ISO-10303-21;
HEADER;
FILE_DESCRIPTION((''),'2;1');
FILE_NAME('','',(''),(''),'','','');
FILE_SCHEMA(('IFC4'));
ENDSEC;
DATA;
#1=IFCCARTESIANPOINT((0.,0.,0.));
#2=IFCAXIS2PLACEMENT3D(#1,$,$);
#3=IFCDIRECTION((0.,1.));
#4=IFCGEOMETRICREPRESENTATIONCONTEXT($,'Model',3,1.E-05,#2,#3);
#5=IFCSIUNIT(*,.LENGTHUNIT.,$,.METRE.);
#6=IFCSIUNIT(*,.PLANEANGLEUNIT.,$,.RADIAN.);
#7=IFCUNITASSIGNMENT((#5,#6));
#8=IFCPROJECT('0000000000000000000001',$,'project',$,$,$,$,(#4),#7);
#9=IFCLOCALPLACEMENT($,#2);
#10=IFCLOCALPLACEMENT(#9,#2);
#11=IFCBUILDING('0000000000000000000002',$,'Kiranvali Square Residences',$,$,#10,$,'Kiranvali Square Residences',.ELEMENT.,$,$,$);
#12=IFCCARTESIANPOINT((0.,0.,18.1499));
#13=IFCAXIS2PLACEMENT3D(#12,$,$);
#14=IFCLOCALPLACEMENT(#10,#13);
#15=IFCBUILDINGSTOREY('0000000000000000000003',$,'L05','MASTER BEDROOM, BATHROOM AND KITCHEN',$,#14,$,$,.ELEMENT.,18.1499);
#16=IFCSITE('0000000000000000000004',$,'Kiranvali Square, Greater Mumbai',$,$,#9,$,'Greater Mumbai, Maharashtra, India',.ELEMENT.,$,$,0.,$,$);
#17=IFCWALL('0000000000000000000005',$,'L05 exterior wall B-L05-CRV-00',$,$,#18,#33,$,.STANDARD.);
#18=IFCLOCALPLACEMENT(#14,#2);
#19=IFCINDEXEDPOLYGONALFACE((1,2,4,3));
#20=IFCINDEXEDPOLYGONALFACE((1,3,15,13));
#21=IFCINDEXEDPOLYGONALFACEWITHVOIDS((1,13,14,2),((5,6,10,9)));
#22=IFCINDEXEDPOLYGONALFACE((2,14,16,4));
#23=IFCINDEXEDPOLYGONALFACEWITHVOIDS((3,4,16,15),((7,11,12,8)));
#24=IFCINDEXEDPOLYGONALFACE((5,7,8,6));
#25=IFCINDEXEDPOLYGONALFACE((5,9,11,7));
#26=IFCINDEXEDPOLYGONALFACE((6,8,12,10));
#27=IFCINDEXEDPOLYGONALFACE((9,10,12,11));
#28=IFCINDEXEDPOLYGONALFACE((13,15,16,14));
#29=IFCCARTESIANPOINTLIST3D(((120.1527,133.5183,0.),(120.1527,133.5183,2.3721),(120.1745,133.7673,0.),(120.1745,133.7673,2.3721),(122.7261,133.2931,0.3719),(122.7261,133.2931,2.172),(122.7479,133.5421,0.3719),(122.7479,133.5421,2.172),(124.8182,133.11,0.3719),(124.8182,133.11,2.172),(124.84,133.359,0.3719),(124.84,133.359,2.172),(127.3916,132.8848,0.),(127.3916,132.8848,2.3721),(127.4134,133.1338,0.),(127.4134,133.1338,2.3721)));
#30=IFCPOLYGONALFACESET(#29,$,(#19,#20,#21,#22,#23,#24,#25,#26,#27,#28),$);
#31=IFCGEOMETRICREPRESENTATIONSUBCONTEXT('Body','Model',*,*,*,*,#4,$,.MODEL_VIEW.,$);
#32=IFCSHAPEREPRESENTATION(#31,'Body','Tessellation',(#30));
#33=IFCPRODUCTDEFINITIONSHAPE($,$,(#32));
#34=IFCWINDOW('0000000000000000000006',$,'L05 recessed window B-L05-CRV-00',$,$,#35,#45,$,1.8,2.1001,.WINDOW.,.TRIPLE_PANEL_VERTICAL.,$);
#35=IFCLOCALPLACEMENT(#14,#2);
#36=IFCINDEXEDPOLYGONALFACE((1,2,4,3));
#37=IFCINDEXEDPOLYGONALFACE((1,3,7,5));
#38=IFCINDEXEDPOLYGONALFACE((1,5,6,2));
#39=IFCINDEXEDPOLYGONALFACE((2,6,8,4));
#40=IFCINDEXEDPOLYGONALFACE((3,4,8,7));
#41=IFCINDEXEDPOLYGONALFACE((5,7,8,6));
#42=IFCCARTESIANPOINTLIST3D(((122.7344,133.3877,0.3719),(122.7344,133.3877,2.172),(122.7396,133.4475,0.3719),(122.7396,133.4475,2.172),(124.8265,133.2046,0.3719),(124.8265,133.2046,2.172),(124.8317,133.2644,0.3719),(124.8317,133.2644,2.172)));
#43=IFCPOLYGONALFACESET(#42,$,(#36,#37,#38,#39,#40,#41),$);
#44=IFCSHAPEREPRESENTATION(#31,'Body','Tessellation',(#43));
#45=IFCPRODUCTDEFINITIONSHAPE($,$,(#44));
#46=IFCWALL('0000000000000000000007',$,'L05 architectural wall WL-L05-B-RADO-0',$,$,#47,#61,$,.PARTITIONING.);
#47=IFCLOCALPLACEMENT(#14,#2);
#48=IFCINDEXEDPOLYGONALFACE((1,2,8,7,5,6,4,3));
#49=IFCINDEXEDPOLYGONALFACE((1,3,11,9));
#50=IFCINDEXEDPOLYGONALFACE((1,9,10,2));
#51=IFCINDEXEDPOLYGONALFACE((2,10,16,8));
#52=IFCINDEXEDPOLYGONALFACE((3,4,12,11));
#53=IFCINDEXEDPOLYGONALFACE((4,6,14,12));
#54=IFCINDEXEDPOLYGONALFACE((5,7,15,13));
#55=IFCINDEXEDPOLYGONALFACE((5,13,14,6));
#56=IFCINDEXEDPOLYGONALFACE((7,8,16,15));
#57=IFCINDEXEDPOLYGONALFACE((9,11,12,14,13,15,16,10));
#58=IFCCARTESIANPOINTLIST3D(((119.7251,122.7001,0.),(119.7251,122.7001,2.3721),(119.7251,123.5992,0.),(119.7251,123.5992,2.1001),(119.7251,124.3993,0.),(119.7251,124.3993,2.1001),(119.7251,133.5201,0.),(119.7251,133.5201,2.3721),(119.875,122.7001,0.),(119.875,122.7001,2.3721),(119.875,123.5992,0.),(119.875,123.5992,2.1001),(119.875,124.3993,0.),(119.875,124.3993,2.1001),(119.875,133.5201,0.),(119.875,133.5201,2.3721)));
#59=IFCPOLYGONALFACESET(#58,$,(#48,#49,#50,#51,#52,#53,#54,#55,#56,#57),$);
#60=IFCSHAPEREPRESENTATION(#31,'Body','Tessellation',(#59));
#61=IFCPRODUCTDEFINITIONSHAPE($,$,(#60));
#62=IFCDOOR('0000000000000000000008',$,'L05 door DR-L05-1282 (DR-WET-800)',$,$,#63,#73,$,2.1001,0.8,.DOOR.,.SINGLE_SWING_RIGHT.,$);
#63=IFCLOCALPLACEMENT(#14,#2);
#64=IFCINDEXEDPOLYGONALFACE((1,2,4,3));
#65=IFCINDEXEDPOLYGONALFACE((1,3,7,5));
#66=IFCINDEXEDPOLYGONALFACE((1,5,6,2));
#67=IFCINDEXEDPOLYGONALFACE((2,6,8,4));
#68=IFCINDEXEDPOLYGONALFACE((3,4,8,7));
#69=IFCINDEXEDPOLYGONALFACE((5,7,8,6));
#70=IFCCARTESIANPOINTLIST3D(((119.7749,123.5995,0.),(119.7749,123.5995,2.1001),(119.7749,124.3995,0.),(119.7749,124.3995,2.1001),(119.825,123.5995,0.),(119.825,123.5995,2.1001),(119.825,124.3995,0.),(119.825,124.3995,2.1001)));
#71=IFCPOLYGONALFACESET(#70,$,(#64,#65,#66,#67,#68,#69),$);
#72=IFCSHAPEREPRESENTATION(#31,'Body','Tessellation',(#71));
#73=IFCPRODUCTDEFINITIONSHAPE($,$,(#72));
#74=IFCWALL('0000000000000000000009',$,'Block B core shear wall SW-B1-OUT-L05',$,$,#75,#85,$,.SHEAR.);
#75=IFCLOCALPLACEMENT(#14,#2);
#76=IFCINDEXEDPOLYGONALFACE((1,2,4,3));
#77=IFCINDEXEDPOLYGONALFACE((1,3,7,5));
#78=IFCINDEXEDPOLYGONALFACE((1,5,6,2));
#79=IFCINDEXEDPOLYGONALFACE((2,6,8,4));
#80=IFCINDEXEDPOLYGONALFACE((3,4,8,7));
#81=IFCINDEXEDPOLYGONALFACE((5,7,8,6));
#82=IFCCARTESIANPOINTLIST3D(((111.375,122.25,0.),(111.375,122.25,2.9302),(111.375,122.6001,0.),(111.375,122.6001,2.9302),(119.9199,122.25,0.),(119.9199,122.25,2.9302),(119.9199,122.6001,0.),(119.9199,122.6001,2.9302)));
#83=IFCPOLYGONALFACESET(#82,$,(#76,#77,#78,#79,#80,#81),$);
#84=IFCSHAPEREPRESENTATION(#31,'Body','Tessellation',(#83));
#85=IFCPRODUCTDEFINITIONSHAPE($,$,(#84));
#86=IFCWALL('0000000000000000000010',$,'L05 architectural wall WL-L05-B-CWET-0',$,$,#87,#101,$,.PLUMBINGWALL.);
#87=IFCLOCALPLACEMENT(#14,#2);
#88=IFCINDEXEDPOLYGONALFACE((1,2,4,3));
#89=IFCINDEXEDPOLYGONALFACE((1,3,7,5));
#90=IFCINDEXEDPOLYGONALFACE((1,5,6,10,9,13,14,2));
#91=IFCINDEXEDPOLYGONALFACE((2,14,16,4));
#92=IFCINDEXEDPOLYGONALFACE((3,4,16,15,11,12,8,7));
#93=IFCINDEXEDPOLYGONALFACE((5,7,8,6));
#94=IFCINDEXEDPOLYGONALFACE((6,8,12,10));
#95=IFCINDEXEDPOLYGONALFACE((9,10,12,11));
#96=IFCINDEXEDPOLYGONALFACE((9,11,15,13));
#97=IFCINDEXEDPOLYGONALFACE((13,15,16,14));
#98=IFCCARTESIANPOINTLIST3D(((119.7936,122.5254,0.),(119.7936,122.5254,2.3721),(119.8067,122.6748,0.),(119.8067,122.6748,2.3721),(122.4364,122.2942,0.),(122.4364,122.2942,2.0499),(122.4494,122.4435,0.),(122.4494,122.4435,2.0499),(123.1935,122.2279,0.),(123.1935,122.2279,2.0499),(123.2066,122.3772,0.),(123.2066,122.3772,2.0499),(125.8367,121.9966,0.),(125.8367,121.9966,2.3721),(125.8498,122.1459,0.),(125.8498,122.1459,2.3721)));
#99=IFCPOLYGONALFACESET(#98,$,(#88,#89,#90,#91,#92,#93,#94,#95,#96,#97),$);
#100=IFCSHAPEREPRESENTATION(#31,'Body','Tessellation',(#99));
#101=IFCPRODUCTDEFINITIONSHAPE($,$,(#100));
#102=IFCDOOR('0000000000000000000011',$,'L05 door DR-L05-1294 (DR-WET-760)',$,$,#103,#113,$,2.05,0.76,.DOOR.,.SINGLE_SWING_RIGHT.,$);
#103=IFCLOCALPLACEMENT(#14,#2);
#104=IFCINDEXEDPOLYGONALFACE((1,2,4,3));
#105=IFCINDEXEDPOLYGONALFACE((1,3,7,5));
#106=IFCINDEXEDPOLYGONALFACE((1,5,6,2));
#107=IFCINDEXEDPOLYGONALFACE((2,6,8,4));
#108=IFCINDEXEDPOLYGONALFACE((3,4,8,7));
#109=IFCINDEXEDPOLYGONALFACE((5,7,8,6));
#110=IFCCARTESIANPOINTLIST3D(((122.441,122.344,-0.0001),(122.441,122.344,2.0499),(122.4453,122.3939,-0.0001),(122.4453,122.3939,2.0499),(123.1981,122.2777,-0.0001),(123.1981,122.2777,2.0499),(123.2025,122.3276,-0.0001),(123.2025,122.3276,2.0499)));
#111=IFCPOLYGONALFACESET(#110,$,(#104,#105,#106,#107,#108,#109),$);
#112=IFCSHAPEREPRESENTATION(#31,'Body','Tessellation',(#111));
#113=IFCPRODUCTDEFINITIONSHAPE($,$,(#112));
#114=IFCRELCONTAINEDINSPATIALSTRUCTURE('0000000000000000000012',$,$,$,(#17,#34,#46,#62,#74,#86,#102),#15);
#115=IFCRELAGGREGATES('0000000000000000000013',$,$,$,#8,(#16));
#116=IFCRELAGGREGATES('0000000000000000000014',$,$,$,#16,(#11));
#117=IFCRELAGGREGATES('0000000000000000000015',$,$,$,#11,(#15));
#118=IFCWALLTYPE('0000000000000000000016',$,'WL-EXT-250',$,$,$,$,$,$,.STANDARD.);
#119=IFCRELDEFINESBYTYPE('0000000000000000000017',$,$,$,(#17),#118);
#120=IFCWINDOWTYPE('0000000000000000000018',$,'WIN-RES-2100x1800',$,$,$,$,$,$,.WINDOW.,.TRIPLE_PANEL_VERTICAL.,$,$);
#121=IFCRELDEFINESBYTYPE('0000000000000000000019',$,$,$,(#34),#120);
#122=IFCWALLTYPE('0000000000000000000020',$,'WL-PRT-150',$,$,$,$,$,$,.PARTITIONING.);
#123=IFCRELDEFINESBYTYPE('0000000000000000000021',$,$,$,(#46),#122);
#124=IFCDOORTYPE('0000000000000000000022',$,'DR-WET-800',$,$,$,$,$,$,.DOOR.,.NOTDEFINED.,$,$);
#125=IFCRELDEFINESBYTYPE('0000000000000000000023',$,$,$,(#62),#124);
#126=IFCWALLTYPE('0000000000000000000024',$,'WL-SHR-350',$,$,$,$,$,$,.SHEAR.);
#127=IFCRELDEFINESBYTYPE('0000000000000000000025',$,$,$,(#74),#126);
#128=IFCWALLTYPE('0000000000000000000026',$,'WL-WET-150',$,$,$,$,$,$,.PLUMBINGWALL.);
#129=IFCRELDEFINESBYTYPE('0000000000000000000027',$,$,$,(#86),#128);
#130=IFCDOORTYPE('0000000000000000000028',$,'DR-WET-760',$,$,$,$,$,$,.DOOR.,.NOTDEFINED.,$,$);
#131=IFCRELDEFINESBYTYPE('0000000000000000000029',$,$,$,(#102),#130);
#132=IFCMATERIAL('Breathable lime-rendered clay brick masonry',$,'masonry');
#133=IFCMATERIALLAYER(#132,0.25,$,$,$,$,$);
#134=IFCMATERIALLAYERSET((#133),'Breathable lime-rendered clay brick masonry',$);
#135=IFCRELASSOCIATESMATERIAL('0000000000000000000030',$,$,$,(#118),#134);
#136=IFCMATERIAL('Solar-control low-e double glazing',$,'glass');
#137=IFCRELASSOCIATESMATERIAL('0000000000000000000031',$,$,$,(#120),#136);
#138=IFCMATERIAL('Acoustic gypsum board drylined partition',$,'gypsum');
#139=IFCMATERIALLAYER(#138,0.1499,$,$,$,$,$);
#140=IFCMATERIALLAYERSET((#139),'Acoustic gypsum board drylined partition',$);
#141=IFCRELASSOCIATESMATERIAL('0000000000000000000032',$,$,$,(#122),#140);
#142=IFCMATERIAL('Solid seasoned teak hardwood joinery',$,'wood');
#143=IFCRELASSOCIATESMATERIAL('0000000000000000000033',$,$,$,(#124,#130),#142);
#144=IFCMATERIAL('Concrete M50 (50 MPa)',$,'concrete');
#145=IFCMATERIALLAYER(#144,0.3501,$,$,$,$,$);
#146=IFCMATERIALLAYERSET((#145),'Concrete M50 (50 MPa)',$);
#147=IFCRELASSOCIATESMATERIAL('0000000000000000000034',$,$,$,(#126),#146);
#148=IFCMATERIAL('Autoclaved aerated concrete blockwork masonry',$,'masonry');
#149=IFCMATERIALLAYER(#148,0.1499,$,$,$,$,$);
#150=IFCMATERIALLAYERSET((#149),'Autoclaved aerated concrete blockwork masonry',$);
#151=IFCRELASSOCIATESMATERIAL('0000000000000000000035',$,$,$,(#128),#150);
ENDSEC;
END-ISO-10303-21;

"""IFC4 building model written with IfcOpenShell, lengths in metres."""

from ifc_helpers import new_model, si_unit, direction, frame, frame_2d, origin, place, context, subcontext, project, spatial, rectangle, extrude, material, layer, layer_set, type_object, element, fill, save


model = new_model("IFC4")

# Units and contexts
model_context = context("Model", 3, precision=1e-05, world=origin(), true_north=direction((0.0, 1.0)))
body_context = subcontext(model_context, "Body", "Model", "MODEL_VIEW")
ifc_project = project(units=[si_unit("LENGTHUNIT", "METRE"), si_unit("PLANEANGLEUNIT", "RADIAN")], contexts=[model_context])

# Site, building, storey
site_placement = place(None, origin())
site = spatial("IfcSite", under=ifc_project, at=site_placement, Name="Kiranvali Square, Greater Mumbai", LongName="Greater Mumbai, Maharashtra, India", CompositionType="ELEMENT", RefElevation=0.0)
building_placement = place(site_placement, origin())
building = spatial("IfcBuilding", under=site, at=building_placement, Name="Kiranvali Square Residences", LongName="Kiranvali Square Residences", CompositionType="ELEMENT")
storey_placement = place(building_placement, frame((0.0, 0.0, 18.1499)))
storey = spatial("IfcBuildingStorey", under=building, at=storey_placement, Name="L05", Description="MASTER BEDROOM, BATHROOM AND KITCHEN", CompositionType="ELEMENT", Elevation=18.1499)

# Wall, opening, window
ifc_material_1 = material(Name="Breathable lime-rendered clay brick masonry", Category="masonry")
ifc_layer_1 = layer(ifc_material_1, 0.25)
ifc_layer_set_1 = layer_set([ifc_layer_1], Name="Breathable lime-rendered clay brick masonry")
wall_type_1 = type_object("IfcWallType", Name="WL-EXT-250", PredefinedType="STANDARD", material=ifc_layer_set_1)
wall_1_placement = place(storey_placement, frame((120.1636, 133.6428, 0.0), z_axis=(0.0, 0.0, 1.0), x_axis=(0.996192, -0.087185, 0.0)))
wall_1 = element("IfcWall", 1, at=wall_1_placement, inside=storey, type_object=wall_type_1, Name="L05 exterior wall B-L05-CRV-00", PredefinedType="STANDARD", context=body_context, shape_type="SweptSolid", body=[
    extrude(rectangle(XDim=7.2666, YDim=0.25, at=frame_2d((3.6333, 0.0))), origin(), (0.0, 0.0, 1.0), 2.3721),
])
opening_1_placement = place(wall_1_placement, frame((2.5833, 0.0, 0.3721)))
opening_1 = element("IfcOpeningElement", 2, at=opening_1_placement, cuts=wall_1, PredefinedType="OPENING", context=body_context, shape_type="SweptSolid", body=[
    extrude(rectangle(XDim=2.1001, YDim=1.8, at=frame_2d((1.05, 0.8999))), frame((0.0, 0.135, 0.0), z_axis=(0.0, -1.0, 0.0), x_axis=(1.0, 0.0, 0.0)), (0.0, 0.0, 1.0), 0.27),
])
ifc_material_2 = material(Name="Solar-control low-e double glazing", Category="glass")
window_type = type_object("IfcWindowType", Name="WIN-RES-2100x1800", PartitioningType="TRIPLE_PANEL_VERTICAL", PredefinedType="WINDOW", material=ifc_material_2)
window_placement = place(opening_1_placement, origin())
window = element("IfcWindow", 3, at=window_placement, inside=storey, type_object=window_type, Name="L05 recessed window B-L05-CRV-00", OverallHeight=1.8, OverallWidth=2.1001, PartitioningType="TRIPLE_PANEL_VERTICAL", PredefinedType="WINDOW", context=body_context, shape_type="SweptSolid", body=[
    extrude(rectangle(XDim=2.1001, YDim=1.8, at=frame_2d((1.05, 0.8999))), frame((0.0, 0.03, 0.0), z_axis=(0.0, -1.0, 0.0), x_axis=(1.0, 0.0, 0.0)), (0.0, 0.0, 1.0), 0.0601),
])
fill(opening_1, window)

# Wall, opening, door
ifc_material_3 = material(Name="Acoustic gypsum board drylined partition", Category="gypsum")
ifc_layer_2 = layer(ifc_material_3, 0.1499)
ifc_layer_set_2 = layer_set([ifc_layer_2], Name="Acoustic gypsum board drylined partition")
wall_type_2 = type_object("IfcWallType", Name="WL-PRT-150", PredefinedType="PARTITIONING", material=ifc_layer_set_2)
wall_2_placement = place(storey_placement, frame((119.8, 122.7, 0.0), z_axis=(0.0, 0.0, 1.0), x_axis=(0.0, 1.0, 0.0)))
wall_2 = element("IfcWall", 4, at=wall_2_placement, inside=storey, type_object=wall_type_2, Name="L05 architectural wall WL-L05-B-RADO-0", PredefinedType="PARTITIONING", context=body_context, shape_type="SweptSolid", body=[
    extrude(rectangle(XDim=10.8201, YDim=0.1499, at=frame_2d((5.4102, 0.0))), origin(), (0.0, 0.0, 1.0), 2.3721),
])
opening_2_placement = place(wall_2_placement, frame((0.8994, 0.0, 0.0)))
opening_2 = element("IfcOpeningElement", 5, at=opening_2_placement, cuts=wall_2, PredefinedType="OPENING", context=body_context, shape_type="SweptSolid", body=[
    extrude(rectangle(XDim=0.8, YDim=2.1001, at=frame_2d((0.3999, 1.05))), frame((0.0, 0.085, 0.0), z_axis=(0.0, -1.0, 0.0), x_axis=(1.0, 0.0, 0.0)), (0.0, 0.0, 1.0), 0.1699),
])
ifc_material_4 = material(Name="Solid seasoned teak hardwood joinery", Category="wood")
door_type_1 = type_object("IfcDoorType", Name="DR-WET-800", OperationType="NOTDEFINED", PredefinedType="DOOR", material=ifc_material_4)
door_1_placement = place(opening_2_placement, frame((0.8, 0.0, 0.0), z_axis=(0.0, 0.0, 1.0), x_axis=(-1.0, 0.0, 0.0)))
door_1 = element("IfcDoor", 6, at=door_1_placement, inside=storey, type_object=door_type_1, Name="L05 door DR-L05-1282 (DR-WET-800)", OperationType="SINGLE_SWING_RIGHT", OverallHeight=2.1001, OverallWidth=0.8, PredefinedType="DOOR", context=body_context, shape_type="SweptSolid", body=[
    extrude(rectangle(XDim=0.8, YDim=2.1001, at=frame_2d((0.3999, 1.05))), frame((0.0, 0.0249, 0.0), z_axis=(0.0, -1.0, 0.0), x_axis=(1.0, 0.0, 0.0)), (0.0, 0.0, 1.0), 0.05),
])
fill(opening_2, door_1)

# Wall
ifc_material_5 = material(Name="Concrete M50 (50 MPa)", Category="concrete")
ifc_layer_3 = layer(ifc_material_5, 0.3501)
ifc_layer_set_3 = layer_set([ifc_layer_3], Name="Concrete M50 (50 MPa)")
wall_type_3 = type_object("IfcWallType", Name="WL-SHR-350", PredefinedType="SHEAR", material=ifc_layer_set_3)
wall_3_placement = place(storey_placement, frame((119.9199, 122.425, 0.0), z_axis=(0.0, 0.0, 1.0), x_axis=(-1.0, 0.0, 0.0)))
element("IfcWall", 7, at=wall_3_placement, inside=storey, type_object=wall_type_3, Name="Block B core shear wall SW-B1-OUT-L05", PredefinedType="SHEAR", context=body_context, shape_type="SweptSolid", body=[
    extrude(rectangle(XDim=8.5449, YDim=0.3501, at=frame_2d((4.2725, 0.0))), origin(), (0.0, 0.0, 1.0), 2.9302),
])

# Wall, opening, door
ifc_material_6 = material(Name="Autoclaved aerated concrete blockwork masonry", Category="masonry")
ifc_layer_4 = layer(ifc_material_6, 0.1499)
ifc_layer_set_4 = layer_set([ifc_layer_4], Name="Autoclaved aerated concrete blockwork masonry")
wall_type_4 = type_object("IfcWallType", Name="WL-WET-150", PredefinedType="PLUMBINGWALL", material=ifc_layer_set_4)
wall_4_placement = place(storey_placement, frame((119.8, 122.6001, 0.0), z_axis=(0.0, 0.0, 1.0), x_axis=(0.996193, -0.087175, 0.0)))
wall_4 = element("IfcWall", 8, at=wall_4_placement, inside=storey, type_object=wall_type_4, Name="L05 architectural wall WL-L05-B-CWET-0", PredefinedType="PLUMBINGWALL", context=body_context, shape_type="SweptSolid", body=[
    extrude(rectangle(XDim=6.0662, YDim=0.1499, at=frame_2d((3.0332, 0.0))), origin(), (0.0, 0.0, 1.0), 2.3721),
])
opening_3_placement = place(wall_4_placement, frame((2.6531, 0.0, 0.0)))
opening_3 = element("IfcOpeningElement", 9, at=opening_3_placement, cuts=wall_4, PredefinedType="OPENING", context=body_context, shape_type="SweptSolid", body=[
    extrude(rectangle(XDim=0.76, YDim=2.05, at=frame_2d((0.3799, 1.0249))), frame((0.0, 0.085, 0.0), z_axis=(0.0, -1.0, 0.0), x_axis=(1.0, 0.0, 0.0)), (0.0, 0.0, 1.0), 0.1699),
])
door_type_2 = type_object("IfcDoorType", Name="DR-WET-760", OperationType="NOTDEFINED", PredefinedType="DOOR", material=ifc_material_4)
door_2_placement = place(opening_3_placement, frame((0.76, 0.0, 0.0), z_axis=(0.0, 0.0, 1.0), x_axis=(-1.0, 0.0, 0.0)))
door_2 = element("IfcDoor", 10, at=door_2_placement, inside=storey, type_object=door_type_2, Name="L05 door DR-L05-1294 (DR-WET-760)", OperationType="SINGLE_SWING_RIGHT", OverallHeight=2.05, OverallWidth=0.76, PredefinedType="DOOR", context=body_context, shape_type="SweptSolid", body=[
    extrude(rectangle(XDim=0.76, YDim=2.05, at=frame_2d((0.3799, 1.0249))), frame((0.0, 0.0249, 0.0), z_axis=(0.0, -1.0, 0.0), x_axis=(1.0, 0.0, 0.0)), (0.0, 0.0, 1.0), 0.05),
])
fill(opening_3, door_2)

save(model, "model.ifc")
